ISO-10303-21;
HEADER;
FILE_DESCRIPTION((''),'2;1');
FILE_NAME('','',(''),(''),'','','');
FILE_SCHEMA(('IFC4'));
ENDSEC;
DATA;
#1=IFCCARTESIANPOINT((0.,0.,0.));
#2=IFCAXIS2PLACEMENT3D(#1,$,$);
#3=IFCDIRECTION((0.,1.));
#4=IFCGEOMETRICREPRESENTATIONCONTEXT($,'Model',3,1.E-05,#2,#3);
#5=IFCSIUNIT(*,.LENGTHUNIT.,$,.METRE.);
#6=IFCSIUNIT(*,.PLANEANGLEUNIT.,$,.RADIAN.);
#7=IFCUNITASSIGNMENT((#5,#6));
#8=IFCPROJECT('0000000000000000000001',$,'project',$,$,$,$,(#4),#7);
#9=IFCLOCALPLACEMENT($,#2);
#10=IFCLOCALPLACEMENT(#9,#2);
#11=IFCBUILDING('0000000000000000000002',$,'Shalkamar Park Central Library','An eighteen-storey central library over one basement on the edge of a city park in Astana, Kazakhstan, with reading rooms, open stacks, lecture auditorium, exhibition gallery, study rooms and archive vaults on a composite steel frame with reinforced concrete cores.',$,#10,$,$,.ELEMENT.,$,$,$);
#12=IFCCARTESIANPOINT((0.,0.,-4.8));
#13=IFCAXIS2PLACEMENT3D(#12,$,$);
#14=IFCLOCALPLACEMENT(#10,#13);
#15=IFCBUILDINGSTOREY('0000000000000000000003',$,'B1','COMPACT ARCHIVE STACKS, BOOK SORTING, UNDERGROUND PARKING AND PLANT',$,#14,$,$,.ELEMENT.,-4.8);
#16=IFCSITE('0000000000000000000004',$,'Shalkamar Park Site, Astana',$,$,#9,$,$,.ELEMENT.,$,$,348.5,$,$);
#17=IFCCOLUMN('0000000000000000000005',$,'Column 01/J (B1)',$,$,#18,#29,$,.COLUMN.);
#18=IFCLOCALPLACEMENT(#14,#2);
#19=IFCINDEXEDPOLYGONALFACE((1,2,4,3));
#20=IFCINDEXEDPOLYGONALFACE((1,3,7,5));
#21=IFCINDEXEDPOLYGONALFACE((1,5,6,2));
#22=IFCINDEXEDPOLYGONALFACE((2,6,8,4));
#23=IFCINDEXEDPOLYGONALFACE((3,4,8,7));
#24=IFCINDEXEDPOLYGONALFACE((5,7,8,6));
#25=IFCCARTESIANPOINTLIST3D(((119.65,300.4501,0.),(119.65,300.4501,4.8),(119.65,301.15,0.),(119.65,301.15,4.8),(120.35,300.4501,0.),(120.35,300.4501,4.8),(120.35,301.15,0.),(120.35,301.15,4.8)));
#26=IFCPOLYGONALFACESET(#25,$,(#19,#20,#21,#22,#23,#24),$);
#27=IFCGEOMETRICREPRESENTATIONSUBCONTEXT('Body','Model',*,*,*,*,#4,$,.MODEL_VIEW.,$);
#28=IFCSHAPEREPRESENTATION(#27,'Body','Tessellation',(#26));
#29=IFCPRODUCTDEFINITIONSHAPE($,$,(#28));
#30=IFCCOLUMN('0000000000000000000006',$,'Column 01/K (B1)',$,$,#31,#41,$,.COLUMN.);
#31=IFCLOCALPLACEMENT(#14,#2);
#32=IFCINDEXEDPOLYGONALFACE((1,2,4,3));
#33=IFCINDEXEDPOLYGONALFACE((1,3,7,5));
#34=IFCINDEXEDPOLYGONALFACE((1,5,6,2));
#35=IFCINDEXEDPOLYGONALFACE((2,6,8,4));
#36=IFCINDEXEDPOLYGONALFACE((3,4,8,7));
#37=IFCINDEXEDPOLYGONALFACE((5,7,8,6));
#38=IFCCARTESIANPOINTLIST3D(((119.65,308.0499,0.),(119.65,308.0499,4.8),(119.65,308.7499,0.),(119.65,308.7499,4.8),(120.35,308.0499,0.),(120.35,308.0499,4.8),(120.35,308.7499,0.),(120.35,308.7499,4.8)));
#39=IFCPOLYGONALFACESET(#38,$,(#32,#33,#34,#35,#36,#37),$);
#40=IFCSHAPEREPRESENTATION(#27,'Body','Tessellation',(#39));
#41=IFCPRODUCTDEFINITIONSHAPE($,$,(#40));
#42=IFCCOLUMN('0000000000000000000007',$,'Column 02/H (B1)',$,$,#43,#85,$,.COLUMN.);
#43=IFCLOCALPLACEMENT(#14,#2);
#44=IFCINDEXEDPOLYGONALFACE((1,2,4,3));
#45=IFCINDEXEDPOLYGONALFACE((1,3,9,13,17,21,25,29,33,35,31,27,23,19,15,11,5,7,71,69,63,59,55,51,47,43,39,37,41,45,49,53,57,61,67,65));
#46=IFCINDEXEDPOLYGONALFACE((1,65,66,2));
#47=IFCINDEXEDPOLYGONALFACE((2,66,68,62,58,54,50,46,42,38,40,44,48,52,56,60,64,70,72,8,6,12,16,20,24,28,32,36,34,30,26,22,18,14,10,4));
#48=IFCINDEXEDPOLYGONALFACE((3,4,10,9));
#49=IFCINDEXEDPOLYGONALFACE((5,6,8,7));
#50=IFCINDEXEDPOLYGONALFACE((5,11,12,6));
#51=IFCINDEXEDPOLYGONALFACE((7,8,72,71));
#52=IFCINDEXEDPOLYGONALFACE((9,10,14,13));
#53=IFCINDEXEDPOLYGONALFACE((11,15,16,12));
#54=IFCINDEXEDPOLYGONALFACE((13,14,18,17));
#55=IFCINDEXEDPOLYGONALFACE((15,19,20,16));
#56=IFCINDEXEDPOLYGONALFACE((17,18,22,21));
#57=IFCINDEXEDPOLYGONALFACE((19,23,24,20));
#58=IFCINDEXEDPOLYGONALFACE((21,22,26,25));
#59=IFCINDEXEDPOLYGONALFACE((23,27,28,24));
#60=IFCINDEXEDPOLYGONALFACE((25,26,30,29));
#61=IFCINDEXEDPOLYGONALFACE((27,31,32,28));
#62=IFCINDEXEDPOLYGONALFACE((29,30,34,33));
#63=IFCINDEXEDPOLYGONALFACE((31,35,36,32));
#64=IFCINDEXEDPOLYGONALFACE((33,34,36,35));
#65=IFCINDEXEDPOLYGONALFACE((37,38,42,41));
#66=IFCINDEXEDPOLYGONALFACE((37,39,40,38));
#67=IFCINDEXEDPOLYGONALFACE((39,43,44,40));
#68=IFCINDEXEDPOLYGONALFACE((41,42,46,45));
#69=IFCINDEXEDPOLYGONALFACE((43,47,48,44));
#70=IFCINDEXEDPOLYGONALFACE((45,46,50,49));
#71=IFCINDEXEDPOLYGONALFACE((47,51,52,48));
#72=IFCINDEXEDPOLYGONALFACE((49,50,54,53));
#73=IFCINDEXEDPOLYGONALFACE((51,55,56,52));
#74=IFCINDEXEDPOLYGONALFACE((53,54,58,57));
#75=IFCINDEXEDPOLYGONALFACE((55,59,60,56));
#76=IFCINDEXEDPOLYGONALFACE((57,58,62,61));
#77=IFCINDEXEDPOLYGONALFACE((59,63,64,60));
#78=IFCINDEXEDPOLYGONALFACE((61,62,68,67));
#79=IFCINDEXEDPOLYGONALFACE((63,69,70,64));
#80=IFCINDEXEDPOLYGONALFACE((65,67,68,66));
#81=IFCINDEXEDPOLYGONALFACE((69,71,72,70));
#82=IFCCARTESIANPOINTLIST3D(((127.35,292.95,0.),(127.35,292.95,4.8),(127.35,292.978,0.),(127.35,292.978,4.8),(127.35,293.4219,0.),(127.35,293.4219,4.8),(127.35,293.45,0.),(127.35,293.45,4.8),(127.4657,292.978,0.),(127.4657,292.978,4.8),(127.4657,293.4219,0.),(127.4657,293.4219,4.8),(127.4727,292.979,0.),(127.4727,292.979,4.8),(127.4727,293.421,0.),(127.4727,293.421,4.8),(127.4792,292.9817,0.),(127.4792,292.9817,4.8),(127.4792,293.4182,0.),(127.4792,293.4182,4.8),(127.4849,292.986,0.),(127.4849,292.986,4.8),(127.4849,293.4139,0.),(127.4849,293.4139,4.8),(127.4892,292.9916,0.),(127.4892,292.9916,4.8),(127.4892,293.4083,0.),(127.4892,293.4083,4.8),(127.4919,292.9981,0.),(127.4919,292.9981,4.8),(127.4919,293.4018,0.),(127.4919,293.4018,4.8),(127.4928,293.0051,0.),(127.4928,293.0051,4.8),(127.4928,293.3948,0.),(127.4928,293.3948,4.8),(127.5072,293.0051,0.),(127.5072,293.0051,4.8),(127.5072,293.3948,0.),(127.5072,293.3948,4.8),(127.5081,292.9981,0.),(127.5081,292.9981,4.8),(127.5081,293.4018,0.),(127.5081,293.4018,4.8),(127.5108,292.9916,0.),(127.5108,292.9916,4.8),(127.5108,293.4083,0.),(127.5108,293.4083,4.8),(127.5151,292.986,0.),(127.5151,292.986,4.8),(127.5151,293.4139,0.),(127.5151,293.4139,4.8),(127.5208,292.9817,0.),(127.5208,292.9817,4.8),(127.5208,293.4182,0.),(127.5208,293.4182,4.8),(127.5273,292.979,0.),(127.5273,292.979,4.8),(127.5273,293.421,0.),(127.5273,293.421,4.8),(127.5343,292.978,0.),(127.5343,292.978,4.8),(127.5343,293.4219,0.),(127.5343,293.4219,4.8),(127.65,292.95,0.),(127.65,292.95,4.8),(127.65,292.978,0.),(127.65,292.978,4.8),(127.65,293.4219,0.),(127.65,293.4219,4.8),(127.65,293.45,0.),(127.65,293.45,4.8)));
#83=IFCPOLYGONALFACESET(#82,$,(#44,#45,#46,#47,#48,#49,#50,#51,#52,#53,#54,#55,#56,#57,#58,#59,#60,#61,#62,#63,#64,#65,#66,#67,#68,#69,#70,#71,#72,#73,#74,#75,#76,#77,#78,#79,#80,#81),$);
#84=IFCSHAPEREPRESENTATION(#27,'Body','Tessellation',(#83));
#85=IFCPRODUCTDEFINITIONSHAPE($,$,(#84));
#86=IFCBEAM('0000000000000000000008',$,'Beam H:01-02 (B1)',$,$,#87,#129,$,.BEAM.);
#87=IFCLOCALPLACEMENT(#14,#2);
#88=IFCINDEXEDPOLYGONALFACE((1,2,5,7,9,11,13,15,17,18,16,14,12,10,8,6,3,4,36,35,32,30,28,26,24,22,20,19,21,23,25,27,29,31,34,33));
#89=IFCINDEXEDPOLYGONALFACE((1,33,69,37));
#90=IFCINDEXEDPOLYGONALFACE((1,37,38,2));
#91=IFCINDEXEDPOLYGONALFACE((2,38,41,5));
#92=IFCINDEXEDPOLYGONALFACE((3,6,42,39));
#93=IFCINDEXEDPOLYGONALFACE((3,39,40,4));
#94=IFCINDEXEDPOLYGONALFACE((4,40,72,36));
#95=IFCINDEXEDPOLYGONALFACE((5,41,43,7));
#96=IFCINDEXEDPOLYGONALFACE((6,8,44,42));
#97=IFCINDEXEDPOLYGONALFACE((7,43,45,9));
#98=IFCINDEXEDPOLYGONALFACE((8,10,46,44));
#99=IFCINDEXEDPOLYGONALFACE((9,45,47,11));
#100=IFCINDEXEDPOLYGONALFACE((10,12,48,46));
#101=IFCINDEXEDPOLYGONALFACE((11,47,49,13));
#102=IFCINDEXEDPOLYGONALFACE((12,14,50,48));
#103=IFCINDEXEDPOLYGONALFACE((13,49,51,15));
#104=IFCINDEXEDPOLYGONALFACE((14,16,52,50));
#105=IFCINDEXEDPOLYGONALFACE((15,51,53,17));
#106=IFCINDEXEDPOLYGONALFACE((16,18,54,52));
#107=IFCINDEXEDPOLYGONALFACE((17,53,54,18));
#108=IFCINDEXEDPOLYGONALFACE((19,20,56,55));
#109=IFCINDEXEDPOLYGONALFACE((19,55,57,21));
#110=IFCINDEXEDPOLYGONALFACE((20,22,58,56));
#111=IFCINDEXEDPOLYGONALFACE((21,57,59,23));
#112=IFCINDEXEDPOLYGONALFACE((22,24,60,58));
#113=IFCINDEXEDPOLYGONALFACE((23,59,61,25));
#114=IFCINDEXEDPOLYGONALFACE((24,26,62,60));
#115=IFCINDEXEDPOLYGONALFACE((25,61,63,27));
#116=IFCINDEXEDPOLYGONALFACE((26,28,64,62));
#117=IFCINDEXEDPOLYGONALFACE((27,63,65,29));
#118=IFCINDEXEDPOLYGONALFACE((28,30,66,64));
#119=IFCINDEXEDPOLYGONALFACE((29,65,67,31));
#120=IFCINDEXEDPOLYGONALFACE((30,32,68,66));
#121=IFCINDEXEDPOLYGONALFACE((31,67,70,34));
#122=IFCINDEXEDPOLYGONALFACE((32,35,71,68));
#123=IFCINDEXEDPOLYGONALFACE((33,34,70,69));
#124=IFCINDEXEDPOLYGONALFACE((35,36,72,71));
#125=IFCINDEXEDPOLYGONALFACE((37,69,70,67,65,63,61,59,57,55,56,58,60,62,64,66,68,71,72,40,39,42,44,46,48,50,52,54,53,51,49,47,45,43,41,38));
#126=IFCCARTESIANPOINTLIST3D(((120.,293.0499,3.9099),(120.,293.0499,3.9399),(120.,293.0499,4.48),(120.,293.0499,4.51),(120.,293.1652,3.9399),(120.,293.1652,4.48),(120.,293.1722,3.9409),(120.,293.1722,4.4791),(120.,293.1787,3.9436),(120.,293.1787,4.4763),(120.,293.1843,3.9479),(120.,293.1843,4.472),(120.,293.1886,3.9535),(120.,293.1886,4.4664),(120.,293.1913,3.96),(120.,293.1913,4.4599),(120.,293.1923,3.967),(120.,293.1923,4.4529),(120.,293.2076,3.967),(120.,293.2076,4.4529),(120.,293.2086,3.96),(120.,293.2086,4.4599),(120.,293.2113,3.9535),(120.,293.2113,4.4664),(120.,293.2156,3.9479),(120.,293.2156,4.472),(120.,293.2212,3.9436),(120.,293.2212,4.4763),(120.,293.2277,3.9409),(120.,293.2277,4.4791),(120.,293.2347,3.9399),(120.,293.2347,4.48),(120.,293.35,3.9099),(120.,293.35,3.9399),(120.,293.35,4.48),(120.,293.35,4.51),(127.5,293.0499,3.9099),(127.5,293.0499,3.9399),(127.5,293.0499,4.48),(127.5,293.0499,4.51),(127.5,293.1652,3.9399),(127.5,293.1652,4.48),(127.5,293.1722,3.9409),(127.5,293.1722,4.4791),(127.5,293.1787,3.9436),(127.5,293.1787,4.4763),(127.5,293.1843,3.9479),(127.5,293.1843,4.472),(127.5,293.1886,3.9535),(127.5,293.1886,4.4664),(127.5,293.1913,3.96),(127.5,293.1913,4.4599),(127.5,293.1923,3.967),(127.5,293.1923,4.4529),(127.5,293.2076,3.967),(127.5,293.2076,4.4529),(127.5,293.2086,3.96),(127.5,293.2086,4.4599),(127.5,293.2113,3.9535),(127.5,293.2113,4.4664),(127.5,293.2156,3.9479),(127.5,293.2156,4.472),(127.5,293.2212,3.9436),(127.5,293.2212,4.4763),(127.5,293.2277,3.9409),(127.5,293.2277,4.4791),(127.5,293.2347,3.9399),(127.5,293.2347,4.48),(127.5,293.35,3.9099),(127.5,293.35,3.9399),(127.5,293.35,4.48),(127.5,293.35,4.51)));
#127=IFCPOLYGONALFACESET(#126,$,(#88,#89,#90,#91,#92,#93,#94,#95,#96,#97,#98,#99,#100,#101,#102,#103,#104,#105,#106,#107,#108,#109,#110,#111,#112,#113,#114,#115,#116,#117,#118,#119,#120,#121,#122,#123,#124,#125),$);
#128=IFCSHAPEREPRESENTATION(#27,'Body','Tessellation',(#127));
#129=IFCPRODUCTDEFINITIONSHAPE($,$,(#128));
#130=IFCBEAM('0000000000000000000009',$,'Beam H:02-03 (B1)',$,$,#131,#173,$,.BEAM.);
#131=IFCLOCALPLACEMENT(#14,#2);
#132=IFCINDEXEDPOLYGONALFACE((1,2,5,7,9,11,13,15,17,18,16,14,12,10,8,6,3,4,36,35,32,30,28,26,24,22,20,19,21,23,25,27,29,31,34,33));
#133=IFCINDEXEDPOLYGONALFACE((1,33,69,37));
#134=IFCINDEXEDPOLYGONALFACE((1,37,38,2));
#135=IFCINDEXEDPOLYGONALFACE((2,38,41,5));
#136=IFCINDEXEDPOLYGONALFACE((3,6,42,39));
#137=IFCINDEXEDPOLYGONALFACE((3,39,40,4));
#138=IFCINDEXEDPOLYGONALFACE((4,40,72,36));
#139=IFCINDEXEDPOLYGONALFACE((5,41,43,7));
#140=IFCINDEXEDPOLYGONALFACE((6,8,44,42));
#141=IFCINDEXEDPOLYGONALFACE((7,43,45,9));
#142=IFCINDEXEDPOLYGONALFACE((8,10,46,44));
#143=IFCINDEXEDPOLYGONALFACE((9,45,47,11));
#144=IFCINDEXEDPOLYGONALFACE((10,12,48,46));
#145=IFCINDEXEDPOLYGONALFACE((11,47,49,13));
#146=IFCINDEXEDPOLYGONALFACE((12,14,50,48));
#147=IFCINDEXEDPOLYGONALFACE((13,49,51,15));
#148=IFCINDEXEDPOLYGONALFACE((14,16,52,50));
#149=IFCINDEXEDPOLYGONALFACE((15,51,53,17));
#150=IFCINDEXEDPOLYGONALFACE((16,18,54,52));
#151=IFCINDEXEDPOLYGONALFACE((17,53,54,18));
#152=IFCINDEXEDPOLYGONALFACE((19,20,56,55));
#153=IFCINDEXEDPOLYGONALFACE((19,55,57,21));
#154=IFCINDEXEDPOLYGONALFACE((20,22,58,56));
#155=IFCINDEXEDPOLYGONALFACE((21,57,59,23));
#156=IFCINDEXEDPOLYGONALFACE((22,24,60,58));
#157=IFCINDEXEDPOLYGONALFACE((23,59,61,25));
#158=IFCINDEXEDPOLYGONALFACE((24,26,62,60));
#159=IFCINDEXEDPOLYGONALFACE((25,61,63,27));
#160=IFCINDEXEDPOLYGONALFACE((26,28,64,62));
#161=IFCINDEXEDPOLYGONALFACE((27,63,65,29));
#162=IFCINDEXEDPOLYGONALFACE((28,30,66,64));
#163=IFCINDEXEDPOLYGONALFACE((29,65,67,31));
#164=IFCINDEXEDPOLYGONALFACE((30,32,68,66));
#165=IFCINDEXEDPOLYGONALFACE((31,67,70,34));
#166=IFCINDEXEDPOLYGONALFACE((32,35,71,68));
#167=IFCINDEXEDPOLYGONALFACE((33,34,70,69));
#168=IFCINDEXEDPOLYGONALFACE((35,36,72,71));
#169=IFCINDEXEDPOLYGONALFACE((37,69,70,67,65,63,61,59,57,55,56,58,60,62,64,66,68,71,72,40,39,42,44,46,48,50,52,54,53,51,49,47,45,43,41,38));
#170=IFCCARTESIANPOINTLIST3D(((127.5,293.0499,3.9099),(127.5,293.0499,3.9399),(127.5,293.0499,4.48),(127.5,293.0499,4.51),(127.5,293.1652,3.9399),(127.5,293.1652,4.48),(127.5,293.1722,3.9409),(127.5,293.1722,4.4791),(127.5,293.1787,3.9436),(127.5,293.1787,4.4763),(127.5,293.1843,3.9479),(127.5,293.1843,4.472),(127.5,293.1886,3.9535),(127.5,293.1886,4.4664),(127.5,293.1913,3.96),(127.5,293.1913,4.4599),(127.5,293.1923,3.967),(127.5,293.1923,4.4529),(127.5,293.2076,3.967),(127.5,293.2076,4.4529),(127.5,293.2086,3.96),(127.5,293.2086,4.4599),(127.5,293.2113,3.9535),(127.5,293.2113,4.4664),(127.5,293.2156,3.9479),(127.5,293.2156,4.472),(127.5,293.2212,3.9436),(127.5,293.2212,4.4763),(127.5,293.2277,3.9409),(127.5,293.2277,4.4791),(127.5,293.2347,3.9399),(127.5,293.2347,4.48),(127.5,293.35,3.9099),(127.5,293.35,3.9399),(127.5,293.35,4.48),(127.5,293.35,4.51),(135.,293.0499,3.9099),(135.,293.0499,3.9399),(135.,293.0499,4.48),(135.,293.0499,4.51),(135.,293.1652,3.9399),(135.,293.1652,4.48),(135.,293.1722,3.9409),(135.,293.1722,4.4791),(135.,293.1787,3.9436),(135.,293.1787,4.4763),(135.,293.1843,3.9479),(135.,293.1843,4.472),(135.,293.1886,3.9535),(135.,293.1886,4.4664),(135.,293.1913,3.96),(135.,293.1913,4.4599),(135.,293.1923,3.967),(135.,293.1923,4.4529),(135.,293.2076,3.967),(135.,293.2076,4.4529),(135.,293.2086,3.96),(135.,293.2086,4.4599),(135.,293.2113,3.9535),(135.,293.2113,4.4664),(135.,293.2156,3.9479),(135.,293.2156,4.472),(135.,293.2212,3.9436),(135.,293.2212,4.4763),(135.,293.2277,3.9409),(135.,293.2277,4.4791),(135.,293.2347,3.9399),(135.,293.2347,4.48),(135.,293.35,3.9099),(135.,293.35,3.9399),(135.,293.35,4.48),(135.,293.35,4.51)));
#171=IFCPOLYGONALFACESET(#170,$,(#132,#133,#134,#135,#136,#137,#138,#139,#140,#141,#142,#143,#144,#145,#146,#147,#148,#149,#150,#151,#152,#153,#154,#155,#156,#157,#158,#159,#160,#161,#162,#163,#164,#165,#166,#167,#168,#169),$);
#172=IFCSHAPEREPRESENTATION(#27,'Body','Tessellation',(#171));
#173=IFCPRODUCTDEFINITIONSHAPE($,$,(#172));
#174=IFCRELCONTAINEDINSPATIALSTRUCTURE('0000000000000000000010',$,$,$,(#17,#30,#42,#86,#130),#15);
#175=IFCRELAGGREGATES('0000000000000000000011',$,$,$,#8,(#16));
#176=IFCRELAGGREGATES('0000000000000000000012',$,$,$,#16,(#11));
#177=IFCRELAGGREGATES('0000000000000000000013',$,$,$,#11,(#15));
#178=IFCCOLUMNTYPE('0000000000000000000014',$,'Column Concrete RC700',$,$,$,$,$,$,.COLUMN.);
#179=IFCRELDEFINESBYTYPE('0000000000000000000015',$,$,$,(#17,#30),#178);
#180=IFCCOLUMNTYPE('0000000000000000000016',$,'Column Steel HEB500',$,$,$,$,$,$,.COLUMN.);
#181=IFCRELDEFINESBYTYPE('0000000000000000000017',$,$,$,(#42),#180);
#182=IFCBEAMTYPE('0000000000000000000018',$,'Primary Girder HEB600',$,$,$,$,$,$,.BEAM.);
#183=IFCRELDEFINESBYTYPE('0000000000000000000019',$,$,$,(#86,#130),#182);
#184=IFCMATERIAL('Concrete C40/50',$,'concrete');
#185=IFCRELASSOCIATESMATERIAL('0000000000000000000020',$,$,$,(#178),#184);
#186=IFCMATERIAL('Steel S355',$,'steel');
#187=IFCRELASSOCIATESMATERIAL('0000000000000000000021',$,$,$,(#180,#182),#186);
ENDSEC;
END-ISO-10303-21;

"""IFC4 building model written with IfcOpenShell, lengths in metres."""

from ifc_helpers import new_model, si_unit, direction, frame, origin, origin_2d, place, context, subcontext, project, spatial, rectangle, i_section, extrude, material, material_profile, profile_set, type_object, element, save


model = new_model("IFC4")

# Units and contexts
model_context = context("Model", 3, precision=1e-05, world=origin(), true_north=direction((0.0, 1.0)))
body_context = subcontext(model_context, "Body", "Model", "MODEL_VIEW")
ifc_project = project(units=[si_unit("LENGTHUNIT", "METRE"), si_unit("PLANEANGLEUNIT", "RADIAN")], contexts=[model_context])

# Site, building, storey
site_placement = place(None, origin())
site = spatial("IfcSite", under=ifc_project, at=site_placement, Name="Shalkamar Park Site, Astana", CompositionType="ELEMENT", RefElevation=348.5)
building_placement = place(site_placement, origin())
building = spatial("IfcBuilding", under=site, at=building_placement, Name="Shalkamar Park Central Library", Description="An eighteen-storey central library over one basement on the edge of a city park in Astana, Kazakhstan, with reading rooms, open stacks, lecture auditorium, exhibition gallery, study rooms and archive vaults on a composite steel frame with reinforced concrete cores.", CompositionType="ELEMENT")
storey_placement = place(building_placement, frame((0.0, 0.0, -4.8)))
storey = spatial("IfcBuildingStorey", under=building, at=storey_placement, Name="B1", Description="COMPACT ARCHIVE STACKS, BOOK SORTING, UNDERGROUND PARKING AND PLANT", CompositionType="ELEMENT", Elevation=-4.8)

# Columns
ifc_material_1 = material(Name="Concrete C40/50", Category="concrete")
ifc_material_profile_1 = material_profile(ifc_material_1, rectangle(XDim=0.7, YDim=0.7, at=origin_2d()), Name="RC 700x700")
ifc_profile_set_1 = profile_set([ifc_material_profile_1], Name="Concrete C40/50")
column_type_1 = type_object("IfcColumnType", Name="Column Concrete RC700", PredefinedType="COLUMN", material=ifc_profile_set_1)
for number, where, z_axis, x_axis, name in (
    (1, (120.0, 300.8, 0.0), (0.0, 0.0, 1.0), (1.0, 0.0, 0.0), "Column 01/J (B1)"),
    (2, (120.0, 308.3999, 0.0), (0.0, 0.0, 1.0), (1.0, 0.0, 0.0), "Column 01/K (B1)"),
):
    element("IfcColumn", number, at=place(storey_placement, frame(where, z_axis=z_axis, x_axis=x_axis)), inside=storey, type_object=column_type_1, Name=name, PredefinedType="COLUMN", context=body_context, shape_type="SweptSolid", body=[
        extrude(rectangle(XDim=0.7, YDim=0.7, at=origin_2d()), origin(), (0.0, 0.0, 1.0), 4.8),
    ])
ifc_material_2 = material(Name="Steel S355", Category="steel")
ifc_material_profile_2 = material_profile(ifc_material_2, i_section(OverallWidth=0.3, OverallDepth=0.5, WebThickness=0.0144, FlangeThickness=0.0281, FilletRadius=0.0271, at=origin_2d()), Name="HEB 500")
ifc_profile_set_2 = profile_set([ifc_material_profile_2], Name="Steel S355")
column_type_2 = type_object("IfcColumnType", Name="Column Steel HEB500", PredefinedType="COLUMN", material=ifc_profile_set_2)
column_placement = place(storey_placement, frame((127.5, 293.2, 0.0), z_axis=(0.0, 0.0, 1.0), x_axis=(1.0, 0.0, 0.0)))
element("IfcColumn", 3, at=column_placement, inside=storey, type_object=column_type_2, Name="Column 02/H (B1)", PredefinedType="COLUMN", context=body_context, shape_type="SweptSolid", body=[
    extrude(i_section(OverallWidth=0.3, OverallDepth=0.5, WebThickness=0.0144, FlangeThickness=0.0281, FilletRadius=0.0271, at=origin_2d()), origin(), (0.0, 0.0, 1.0), 4.8),
])

# Beams
ifc_material_profile_3 = material_profile(ifc_material_2, i_section(OverallWidth=0.3, OverallDepth=0.6001, WebThickness=0.0154, FlangeThickness=0.03, FilletRadius=0.0271, at=origin_2d()), Name="HEB 600")
ifc_profile_set_3 = profile_set([ifc_material_profile_3], Name="Steel S355")
beam_type = type_object("IfcBeamType", Name="Primary Girder HEB600", PredefinedType="BEAM", material=ifc_profile_set_3)
for number, where, z_axis, x_axis, name in (
    (4, (120.0, 293.2, 4.21), (1.0, 0.0, 0.0), (0.0, 1.0, 0.0), "Beam H:01-02 (B1)"),
    (5, (127.5, 293.2, 4.21), (1.0, 0.0, 0.0), (0.0, 1.0, 0.0), "Beam H:02-03 (B1)"),
):
    element("IfcBeam", number, at=place(storey_placement, frame(where, z_axis=z_axis, x_axis=x_axis)), inside=storey, type_object=beam_type, Name=name, PredefinedType="BEAM", context=body_context, shape_type="SweptSolid", body=[
        extrude(i_section(OverallWidth=0.3, OverallDepth=0.6001, WebThickness=0.0154, FlangeThickness=0.03, FilletRadius=0.0271, at=origin_2d()), origin(), (0.0, 0.0, 1.0), 7.5),
    ])

save(model, "model.ifc")
